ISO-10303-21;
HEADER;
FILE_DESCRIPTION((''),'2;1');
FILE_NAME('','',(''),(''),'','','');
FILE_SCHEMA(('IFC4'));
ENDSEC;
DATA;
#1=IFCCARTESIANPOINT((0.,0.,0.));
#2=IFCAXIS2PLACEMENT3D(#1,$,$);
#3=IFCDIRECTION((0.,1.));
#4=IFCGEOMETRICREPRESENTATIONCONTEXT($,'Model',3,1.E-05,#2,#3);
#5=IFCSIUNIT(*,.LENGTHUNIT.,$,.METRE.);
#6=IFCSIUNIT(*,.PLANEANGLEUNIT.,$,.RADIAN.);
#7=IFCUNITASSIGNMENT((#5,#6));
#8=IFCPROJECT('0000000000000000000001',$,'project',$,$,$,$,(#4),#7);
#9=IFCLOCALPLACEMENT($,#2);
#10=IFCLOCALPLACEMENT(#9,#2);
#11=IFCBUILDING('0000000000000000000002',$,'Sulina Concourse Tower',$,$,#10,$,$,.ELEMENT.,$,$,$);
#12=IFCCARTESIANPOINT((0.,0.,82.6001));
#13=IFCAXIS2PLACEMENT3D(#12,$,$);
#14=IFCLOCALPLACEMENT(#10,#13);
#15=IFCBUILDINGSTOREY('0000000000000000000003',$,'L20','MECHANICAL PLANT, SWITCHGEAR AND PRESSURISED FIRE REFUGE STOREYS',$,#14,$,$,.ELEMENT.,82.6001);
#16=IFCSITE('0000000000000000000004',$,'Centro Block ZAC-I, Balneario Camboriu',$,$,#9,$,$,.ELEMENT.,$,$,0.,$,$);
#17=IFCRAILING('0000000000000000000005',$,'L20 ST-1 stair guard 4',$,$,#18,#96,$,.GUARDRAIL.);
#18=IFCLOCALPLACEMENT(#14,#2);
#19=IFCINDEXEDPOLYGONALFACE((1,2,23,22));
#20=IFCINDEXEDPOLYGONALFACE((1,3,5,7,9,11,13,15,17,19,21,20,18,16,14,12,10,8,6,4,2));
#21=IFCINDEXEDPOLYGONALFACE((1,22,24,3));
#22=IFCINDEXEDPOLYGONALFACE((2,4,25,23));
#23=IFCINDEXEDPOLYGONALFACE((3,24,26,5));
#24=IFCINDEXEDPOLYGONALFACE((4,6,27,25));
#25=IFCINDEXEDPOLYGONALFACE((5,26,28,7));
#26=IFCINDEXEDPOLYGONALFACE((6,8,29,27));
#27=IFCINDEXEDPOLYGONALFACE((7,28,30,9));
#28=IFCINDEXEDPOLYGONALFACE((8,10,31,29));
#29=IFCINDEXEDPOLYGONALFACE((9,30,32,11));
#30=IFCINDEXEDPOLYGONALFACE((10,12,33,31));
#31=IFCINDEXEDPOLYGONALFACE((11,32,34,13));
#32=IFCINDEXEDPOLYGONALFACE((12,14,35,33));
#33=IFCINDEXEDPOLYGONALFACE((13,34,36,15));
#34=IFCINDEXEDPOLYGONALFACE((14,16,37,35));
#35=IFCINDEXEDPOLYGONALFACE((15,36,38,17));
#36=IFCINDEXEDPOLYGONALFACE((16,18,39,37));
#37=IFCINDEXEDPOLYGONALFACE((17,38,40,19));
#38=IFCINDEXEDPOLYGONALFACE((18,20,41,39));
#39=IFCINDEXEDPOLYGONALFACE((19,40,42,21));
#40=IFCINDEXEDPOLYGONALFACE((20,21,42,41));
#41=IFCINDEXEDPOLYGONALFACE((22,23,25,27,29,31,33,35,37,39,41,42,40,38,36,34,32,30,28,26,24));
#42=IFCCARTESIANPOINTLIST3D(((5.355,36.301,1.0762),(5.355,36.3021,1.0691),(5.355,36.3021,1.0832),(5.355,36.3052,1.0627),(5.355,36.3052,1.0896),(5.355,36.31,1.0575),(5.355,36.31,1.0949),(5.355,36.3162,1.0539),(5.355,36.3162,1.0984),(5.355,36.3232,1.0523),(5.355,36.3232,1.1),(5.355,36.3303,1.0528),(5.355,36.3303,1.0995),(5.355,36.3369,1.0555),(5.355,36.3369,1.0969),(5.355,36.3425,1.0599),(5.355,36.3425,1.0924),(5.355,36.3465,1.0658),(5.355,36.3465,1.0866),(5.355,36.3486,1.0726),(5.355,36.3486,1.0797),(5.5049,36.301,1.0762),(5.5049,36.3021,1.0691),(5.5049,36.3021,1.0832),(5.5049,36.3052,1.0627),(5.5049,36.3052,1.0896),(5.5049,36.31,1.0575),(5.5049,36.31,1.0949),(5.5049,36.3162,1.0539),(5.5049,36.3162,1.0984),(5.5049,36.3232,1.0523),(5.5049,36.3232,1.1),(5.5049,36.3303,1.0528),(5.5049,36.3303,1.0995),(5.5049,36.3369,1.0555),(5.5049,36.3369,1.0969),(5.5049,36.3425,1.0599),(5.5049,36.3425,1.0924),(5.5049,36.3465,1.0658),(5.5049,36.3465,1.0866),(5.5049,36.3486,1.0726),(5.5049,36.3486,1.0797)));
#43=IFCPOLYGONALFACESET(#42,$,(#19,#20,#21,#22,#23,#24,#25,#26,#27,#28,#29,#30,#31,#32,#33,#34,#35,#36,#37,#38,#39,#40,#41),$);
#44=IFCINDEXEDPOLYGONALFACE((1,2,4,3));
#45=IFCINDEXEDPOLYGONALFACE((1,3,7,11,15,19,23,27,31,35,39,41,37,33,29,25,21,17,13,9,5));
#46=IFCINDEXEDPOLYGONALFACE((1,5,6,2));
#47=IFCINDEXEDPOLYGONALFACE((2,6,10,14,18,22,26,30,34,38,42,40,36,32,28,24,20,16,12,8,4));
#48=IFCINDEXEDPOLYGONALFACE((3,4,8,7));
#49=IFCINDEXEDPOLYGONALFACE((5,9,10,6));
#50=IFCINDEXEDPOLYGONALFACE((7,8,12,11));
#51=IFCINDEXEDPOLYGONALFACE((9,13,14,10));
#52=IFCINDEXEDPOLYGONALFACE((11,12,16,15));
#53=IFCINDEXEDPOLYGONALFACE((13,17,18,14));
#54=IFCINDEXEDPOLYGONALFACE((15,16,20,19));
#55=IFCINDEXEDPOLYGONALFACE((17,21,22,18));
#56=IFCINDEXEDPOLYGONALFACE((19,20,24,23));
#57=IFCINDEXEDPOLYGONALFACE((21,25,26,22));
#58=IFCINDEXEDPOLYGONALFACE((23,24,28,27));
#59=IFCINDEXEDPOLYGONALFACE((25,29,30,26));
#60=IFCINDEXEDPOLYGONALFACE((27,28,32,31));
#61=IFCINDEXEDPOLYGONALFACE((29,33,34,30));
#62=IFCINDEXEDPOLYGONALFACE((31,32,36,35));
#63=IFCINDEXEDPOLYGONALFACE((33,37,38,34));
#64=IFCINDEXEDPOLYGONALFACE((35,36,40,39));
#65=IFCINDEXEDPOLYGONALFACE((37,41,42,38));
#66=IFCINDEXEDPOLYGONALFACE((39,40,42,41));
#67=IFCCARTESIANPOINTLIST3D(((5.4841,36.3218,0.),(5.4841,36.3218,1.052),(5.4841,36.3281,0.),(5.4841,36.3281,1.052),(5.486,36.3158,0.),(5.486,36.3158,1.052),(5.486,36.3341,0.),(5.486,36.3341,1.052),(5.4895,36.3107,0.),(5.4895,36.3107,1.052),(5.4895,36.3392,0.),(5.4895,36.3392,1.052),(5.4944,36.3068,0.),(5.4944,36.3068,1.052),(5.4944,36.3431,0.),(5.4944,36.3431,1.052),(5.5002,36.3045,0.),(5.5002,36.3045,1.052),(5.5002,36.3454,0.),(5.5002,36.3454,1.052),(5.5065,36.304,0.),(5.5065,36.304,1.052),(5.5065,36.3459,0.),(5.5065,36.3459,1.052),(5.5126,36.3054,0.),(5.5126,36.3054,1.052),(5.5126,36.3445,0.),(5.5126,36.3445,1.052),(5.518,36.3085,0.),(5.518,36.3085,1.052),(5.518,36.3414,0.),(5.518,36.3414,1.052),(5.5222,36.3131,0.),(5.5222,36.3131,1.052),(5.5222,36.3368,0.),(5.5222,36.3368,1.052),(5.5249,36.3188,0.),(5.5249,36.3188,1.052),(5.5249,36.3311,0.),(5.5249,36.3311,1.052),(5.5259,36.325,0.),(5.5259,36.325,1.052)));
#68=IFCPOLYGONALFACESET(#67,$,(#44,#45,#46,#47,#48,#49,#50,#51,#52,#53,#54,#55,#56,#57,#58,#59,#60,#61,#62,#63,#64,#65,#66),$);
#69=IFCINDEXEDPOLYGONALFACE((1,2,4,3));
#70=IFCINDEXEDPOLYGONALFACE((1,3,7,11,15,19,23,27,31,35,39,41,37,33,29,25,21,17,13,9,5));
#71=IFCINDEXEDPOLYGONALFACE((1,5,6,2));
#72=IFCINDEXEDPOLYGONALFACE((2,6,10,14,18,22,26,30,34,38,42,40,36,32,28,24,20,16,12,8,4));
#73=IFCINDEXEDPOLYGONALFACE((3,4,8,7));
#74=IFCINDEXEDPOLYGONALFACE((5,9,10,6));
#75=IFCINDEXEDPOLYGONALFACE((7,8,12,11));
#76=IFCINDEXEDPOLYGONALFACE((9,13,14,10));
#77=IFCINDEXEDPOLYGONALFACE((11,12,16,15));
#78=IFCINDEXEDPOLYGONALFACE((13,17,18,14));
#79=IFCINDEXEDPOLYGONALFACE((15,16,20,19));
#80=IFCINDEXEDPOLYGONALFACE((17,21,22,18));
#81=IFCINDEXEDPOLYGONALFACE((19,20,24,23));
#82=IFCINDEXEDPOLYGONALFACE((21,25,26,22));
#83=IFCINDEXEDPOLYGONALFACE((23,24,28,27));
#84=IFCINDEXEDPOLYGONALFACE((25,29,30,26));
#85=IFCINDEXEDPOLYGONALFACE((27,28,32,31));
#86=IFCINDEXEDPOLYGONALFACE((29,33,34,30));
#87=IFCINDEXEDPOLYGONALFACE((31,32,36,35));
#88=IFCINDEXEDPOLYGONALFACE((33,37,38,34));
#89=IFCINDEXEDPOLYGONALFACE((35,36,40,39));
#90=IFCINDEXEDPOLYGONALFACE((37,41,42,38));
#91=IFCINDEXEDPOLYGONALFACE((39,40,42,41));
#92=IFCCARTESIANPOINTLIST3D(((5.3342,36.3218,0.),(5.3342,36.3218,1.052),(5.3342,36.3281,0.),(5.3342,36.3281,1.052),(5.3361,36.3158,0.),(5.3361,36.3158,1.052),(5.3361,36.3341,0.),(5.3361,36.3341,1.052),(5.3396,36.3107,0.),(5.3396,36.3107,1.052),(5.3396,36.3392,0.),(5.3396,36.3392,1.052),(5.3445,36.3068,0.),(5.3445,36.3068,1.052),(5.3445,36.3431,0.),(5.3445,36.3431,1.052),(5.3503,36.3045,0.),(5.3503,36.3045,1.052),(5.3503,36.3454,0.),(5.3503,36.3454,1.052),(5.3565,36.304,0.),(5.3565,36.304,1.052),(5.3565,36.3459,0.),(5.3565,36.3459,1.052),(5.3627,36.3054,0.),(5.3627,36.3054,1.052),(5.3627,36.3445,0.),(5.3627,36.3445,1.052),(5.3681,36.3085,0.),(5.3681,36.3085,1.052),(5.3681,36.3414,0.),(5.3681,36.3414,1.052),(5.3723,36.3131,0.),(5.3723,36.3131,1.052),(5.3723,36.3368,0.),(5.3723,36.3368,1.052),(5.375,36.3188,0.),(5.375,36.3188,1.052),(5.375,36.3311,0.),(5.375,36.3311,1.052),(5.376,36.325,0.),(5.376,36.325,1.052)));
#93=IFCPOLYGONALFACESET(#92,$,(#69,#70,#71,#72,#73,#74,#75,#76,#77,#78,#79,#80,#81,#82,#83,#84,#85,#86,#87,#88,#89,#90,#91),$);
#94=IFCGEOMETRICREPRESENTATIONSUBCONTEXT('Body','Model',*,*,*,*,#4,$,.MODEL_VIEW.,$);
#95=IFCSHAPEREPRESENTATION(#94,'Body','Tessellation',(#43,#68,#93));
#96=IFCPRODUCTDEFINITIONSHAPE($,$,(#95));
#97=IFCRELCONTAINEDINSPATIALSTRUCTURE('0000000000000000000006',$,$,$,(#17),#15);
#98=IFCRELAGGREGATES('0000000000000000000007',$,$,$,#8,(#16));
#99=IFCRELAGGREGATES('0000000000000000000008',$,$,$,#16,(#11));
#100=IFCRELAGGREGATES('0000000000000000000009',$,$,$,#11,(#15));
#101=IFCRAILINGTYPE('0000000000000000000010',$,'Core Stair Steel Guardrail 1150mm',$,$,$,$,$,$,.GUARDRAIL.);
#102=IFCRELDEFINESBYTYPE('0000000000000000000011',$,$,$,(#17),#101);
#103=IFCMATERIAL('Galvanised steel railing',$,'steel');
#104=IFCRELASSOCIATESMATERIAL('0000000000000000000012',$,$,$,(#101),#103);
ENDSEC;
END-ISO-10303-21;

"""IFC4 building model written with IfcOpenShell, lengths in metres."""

from ifc_helpers import new_model, si_unit, direction, frame, origin, origin_2d, place, context, subcontext, project, spatial, circle, extrude, material, type_object, element, save


model = new_model("IFC4")

# Units and contexts
model_context = context("Model", 3, precision=1e-05, world=origin(), true_north=direction((0.0, 1.0)))
body_context = subcontext(model_context, "Body", "Model", "MODEL_VIEW")
ifc_project = project(units=[si_unit("LENGTHUNIT", "METRE"), si_unit("PLANEANGLEUNIT", "RADIAN")], contexts=[model_context])

# Site, building, storey
site_placement = place(None, origin())
site = spatial("IfcSite", under=ifc_project, at=site_placement, Name="Centro Block ZAC-I, Balneario Camboriu", CompositionType="ELEMENT", RefElevation=0.0)
building_placement = place(site_placement, origin())
building = spatial("IfcBuilding", under=site, at=building_placement, Name="Sulina Concourse Tower", CompositionType="ELEMENT")
storey_placement = place(building_placement, frame((0.0, 0.0, 82.6001)))
storey = spatial("IfcBuildingStorey", under=building, at=storey_placement, Name="L20", Description="MECHANICAL PLANT, SWITCHGEAR AND PRESSURISED FIRE REFUGE STOREYS", CompositionType="ELEMENT", Elevation=82.6001)

# Railing
ifc_material_1 = material(Name="Galvanised steel railing", Category="steel")
railing_type = type_object("IfcRailingType", Name="Core Stair Steel Guardrail 1150mm", PredefinedType="GUARDRAIL", material=ifc_material_1)
railing_1_placement = place(storey_placement, frame((5.5049, 36.325, 0.0)))
element("IfcRailing", 1, at=railing_1_placement, inside=storey, type_object=railing_type, Name="L20 ST-1 stair guard 4", PredefinedType="GUARDRAIL", context=body_context, shape_type="SweptSolid", body=[
    extrude(circle(Radius=0.0239, at=origin_2d()), frame((0.0, 0.0, 1.0762), z_axis=(-1.0, 0.0, 0.0), x_axis=(0.0, -1.0, 0.0)), (0.0, 0.0, 1.0), 0.1499),
    extrude(circle(Radius=0.021, at=origin_2d()), origin(), (0.0, 0.0, 1.0), 1.052),
    extrude(circle(Radius=0.021, at=origin_2d()), frame((-0.1499, 0.0, 0.0)), (0.0, 0.0, 1.0), 1.052),
])

save(model, "model.ifc")
